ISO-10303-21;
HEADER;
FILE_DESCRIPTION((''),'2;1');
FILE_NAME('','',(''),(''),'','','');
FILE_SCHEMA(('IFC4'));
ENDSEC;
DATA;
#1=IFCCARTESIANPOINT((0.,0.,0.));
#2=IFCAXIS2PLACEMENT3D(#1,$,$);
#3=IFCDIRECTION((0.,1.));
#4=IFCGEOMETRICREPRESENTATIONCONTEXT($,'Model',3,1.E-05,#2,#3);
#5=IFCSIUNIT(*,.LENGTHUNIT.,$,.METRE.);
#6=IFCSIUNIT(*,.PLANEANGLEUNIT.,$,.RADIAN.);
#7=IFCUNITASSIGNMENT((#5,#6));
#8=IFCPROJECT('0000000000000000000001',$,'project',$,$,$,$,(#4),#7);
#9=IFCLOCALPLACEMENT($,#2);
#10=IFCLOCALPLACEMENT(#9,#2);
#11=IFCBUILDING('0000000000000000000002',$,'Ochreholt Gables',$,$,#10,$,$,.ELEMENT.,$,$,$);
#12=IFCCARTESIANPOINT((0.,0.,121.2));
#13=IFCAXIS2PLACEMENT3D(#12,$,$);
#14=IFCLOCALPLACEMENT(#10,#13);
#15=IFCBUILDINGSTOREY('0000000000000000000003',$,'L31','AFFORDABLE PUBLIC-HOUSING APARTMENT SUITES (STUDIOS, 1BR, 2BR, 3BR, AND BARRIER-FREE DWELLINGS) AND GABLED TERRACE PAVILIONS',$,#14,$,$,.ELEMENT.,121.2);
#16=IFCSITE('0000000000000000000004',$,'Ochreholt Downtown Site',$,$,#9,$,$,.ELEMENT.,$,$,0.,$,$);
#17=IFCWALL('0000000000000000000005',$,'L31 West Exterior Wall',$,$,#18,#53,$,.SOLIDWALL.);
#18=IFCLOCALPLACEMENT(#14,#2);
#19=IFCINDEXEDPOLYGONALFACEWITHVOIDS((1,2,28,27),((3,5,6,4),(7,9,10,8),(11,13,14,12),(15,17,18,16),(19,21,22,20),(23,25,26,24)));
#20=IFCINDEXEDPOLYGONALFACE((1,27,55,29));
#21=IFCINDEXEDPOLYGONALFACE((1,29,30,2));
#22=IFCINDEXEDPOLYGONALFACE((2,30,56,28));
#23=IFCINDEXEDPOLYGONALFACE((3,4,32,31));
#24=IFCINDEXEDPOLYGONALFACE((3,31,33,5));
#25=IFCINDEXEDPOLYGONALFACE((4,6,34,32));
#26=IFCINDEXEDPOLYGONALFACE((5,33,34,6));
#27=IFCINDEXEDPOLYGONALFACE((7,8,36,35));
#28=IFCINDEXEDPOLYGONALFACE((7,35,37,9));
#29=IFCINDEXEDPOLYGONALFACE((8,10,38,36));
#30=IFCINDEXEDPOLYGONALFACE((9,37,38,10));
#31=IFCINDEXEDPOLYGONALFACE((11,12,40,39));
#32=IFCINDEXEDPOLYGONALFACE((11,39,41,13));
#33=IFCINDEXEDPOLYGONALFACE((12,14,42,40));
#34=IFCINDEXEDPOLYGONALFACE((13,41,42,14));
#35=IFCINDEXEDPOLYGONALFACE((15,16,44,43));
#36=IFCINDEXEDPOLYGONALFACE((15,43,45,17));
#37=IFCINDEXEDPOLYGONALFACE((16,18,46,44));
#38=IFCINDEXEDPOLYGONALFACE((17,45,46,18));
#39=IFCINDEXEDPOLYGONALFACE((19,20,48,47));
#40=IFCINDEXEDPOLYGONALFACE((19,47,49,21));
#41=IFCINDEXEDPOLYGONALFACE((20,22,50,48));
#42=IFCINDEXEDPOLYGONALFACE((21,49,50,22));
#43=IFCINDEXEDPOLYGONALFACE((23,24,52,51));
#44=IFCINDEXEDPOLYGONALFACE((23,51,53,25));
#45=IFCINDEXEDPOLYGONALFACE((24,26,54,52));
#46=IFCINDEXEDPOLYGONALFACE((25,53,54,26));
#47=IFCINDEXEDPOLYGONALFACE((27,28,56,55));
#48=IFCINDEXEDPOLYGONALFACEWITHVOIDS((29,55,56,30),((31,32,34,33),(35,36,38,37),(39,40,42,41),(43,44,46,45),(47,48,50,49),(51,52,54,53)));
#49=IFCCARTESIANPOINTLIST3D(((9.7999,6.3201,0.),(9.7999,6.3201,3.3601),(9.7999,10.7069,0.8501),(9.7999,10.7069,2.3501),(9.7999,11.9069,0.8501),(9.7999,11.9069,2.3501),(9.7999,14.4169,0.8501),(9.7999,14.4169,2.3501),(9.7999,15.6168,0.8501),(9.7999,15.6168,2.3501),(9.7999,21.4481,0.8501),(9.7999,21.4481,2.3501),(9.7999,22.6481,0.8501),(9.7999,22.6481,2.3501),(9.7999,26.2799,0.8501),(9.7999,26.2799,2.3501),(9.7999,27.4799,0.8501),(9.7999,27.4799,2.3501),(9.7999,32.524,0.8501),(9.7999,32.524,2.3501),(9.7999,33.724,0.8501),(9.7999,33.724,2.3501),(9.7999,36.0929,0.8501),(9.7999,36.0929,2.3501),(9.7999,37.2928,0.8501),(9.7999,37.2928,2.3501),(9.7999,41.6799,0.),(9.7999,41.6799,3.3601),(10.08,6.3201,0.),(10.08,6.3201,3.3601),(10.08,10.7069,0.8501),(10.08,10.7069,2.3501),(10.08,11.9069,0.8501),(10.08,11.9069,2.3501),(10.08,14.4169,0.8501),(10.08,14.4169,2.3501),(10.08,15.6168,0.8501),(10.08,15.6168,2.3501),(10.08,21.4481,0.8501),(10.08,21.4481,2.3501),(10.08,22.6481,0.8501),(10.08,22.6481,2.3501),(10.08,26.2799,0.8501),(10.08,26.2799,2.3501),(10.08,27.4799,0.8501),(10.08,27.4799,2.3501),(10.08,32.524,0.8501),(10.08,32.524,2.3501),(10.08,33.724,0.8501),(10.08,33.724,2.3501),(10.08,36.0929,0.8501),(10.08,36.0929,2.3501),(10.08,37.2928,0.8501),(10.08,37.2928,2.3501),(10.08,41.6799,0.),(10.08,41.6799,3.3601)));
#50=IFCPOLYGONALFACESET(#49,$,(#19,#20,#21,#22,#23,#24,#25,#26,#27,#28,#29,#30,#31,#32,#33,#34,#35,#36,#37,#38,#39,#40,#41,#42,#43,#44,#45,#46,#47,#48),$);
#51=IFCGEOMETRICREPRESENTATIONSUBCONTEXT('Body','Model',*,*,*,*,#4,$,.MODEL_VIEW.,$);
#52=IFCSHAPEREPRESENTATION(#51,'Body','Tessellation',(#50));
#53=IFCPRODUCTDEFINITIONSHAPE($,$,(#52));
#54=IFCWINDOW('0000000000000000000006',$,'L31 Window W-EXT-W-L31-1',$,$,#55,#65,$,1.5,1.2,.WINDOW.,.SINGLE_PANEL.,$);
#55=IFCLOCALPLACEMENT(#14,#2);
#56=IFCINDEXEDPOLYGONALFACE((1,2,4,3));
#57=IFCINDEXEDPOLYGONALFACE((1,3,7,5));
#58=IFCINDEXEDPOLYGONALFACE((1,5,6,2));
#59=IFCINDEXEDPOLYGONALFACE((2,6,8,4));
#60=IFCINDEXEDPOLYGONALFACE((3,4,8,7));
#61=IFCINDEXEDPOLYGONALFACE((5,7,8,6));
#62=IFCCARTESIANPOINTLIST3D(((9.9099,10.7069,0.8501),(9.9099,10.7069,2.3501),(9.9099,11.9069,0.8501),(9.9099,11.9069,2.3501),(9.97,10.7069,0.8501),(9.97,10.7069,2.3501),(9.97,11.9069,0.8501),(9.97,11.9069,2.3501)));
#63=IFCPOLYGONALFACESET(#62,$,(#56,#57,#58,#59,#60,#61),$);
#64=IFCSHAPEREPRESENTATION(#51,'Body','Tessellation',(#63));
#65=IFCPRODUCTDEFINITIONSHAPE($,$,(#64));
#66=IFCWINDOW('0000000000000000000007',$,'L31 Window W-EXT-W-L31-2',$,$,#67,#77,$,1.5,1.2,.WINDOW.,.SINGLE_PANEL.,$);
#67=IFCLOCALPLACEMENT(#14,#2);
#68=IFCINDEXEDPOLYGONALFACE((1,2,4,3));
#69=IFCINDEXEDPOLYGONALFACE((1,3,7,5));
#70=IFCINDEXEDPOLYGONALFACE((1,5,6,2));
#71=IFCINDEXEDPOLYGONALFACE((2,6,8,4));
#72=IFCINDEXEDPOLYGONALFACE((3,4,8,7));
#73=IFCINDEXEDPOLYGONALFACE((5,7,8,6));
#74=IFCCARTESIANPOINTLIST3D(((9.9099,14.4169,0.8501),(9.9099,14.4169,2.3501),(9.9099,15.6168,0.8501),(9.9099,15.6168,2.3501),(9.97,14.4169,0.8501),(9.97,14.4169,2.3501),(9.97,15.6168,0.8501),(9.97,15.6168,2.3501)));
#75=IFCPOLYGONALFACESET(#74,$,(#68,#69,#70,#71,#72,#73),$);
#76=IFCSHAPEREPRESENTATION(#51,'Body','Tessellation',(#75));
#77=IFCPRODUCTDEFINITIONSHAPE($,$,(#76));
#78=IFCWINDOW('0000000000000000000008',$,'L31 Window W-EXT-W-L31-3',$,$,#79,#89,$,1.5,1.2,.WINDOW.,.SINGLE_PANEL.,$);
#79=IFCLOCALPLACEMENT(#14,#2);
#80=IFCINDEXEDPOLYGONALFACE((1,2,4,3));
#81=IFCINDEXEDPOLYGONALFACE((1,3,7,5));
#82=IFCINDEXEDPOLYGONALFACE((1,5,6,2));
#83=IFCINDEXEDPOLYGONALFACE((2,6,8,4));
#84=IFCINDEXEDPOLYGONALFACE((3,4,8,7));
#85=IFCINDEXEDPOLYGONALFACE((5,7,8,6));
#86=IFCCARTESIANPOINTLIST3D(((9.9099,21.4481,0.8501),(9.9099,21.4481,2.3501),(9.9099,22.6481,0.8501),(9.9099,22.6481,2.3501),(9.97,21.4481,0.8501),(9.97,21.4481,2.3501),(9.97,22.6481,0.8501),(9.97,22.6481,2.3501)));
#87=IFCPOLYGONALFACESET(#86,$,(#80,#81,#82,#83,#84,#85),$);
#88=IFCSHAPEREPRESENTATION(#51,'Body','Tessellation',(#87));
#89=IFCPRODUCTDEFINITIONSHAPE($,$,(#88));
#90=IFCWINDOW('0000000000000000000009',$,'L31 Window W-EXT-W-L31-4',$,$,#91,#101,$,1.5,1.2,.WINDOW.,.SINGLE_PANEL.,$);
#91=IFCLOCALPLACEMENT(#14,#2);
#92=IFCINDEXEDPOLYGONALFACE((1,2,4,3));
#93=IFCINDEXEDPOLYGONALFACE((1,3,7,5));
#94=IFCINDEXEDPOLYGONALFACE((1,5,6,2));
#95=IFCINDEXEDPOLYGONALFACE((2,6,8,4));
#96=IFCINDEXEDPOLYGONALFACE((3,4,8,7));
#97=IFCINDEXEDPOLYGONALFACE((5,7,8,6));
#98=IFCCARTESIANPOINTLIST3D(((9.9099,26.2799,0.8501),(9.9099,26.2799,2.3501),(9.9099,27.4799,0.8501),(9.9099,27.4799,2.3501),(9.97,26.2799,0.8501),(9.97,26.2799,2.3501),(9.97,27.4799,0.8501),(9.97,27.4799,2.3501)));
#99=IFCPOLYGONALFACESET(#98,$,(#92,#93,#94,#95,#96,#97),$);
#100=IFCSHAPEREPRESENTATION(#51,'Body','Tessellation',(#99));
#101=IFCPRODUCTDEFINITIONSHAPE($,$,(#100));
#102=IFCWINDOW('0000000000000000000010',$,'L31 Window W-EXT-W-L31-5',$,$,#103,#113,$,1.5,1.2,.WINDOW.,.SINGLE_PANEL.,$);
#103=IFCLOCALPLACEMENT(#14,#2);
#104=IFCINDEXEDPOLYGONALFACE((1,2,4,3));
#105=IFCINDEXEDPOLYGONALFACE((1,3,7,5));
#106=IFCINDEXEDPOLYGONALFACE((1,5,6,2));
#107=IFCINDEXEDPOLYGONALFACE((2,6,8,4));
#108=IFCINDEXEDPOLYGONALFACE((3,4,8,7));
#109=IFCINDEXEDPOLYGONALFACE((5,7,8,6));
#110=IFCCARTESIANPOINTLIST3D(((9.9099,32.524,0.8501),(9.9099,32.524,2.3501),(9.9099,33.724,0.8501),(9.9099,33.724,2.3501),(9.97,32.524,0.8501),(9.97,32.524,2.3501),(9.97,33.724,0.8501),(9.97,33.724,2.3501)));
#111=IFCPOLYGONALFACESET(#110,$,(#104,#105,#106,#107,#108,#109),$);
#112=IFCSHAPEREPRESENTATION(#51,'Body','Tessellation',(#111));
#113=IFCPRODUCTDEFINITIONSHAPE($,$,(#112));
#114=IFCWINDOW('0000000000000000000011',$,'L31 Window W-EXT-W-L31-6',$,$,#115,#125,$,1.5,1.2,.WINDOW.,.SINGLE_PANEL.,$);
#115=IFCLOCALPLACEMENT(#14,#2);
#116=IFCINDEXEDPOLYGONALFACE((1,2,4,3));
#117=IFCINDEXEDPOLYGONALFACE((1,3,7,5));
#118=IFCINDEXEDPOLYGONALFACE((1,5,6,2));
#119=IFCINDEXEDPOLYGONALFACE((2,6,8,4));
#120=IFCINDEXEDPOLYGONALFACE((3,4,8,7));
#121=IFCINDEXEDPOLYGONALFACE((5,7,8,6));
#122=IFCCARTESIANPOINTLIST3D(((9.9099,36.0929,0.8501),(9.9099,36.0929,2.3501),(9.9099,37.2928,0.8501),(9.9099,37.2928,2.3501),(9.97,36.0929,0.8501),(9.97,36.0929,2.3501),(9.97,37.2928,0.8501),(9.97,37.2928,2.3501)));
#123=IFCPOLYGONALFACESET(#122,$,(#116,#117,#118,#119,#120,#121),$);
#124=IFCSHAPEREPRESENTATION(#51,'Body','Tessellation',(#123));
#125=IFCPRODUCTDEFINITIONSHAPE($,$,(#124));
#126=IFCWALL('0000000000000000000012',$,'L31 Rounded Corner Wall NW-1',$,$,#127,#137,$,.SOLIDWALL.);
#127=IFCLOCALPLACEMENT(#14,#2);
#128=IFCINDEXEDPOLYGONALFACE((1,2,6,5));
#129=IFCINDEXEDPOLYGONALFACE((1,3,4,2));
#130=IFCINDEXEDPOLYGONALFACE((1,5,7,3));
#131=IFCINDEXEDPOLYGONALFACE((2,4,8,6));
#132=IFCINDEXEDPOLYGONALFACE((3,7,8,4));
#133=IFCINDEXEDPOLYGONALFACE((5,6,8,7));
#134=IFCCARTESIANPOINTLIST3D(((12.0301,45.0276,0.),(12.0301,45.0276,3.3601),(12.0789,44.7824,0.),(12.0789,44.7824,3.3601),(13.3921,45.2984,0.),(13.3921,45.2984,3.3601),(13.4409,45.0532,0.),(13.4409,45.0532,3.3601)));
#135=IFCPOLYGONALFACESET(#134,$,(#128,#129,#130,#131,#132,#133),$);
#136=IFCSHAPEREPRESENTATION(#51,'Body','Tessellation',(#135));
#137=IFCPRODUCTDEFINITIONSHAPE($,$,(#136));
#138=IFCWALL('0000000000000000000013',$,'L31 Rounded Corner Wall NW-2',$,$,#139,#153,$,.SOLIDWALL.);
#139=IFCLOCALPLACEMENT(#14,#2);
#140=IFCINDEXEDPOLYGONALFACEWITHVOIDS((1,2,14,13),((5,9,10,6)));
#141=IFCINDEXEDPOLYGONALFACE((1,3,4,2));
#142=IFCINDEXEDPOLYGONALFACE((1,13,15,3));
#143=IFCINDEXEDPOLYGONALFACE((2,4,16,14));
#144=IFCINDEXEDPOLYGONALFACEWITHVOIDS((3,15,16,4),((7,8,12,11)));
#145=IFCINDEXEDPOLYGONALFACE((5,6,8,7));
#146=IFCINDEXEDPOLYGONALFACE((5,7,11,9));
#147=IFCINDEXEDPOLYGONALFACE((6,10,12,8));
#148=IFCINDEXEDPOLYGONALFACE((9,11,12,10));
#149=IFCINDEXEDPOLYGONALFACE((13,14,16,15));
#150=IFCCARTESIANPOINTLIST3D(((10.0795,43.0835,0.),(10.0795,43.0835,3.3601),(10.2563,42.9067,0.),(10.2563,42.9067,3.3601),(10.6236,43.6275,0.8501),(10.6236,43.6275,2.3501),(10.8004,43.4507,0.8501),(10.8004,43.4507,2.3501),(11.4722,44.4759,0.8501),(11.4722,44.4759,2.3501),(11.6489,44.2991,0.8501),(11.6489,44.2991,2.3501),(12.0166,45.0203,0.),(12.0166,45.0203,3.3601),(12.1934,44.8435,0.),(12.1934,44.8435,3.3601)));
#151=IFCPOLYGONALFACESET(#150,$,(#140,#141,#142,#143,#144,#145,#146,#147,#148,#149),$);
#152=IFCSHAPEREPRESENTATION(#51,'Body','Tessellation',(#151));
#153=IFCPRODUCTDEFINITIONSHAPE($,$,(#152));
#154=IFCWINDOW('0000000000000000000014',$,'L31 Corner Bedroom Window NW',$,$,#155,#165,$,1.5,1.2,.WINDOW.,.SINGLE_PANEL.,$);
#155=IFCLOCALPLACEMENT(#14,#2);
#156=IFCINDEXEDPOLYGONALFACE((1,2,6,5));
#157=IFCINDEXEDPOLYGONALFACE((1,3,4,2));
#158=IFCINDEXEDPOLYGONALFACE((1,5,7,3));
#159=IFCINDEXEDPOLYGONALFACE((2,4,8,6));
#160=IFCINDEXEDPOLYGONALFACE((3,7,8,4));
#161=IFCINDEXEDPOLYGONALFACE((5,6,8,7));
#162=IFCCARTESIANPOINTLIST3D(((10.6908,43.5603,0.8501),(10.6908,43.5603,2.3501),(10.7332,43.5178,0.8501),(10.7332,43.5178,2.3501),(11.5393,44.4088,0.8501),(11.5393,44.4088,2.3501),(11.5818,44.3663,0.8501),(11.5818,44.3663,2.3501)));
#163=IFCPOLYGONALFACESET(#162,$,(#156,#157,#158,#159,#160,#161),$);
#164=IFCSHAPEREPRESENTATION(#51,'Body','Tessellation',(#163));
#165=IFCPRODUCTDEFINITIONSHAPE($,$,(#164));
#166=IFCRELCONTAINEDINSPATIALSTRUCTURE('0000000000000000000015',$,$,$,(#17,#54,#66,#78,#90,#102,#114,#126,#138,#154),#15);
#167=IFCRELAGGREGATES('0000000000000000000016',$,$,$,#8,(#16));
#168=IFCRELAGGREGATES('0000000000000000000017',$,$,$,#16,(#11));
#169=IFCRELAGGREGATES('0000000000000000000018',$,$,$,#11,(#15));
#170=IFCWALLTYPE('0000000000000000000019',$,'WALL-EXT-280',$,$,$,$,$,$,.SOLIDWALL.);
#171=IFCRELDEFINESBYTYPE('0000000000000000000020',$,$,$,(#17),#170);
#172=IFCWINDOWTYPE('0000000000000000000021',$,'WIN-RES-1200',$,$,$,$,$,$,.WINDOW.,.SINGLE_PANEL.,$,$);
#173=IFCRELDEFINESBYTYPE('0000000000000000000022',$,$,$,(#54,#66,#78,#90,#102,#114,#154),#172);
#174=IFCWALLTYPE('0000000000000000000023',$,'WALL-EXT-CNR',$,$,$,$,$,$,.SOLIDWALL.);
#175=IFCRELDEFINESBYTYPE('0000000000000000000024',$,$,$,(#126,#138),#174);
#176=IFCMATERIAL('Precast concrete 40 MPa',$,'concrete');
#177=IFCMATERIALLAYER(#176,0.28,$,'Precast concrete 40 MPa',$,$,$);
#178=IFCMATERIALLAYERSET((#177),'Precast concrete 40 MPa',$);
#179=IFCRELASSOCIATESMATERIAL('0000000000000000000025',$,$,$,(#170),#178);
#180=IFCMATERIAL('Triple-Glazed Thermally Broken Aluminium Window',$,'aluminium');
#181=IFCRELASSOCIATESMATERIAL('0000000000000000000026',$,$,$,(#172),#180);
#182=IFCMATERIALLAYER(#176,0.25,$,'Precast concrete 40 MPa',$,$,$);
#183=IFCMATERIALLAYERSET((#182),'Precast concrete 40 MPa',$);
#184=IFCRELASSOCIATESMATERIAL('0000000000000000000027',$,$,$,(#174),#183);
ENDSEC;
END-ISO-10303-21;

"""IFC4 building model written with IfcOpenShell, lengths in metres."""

from ifc_helpers import new_model, si_unit, direction, frame, frame_2d, origin, place, context, subcontext, project, spatial, rectangle, extrude, material, layer, layer_set, type_object, element, fill, save


model = new_model("IFC4")

# Units and contexts
model_context = context("Model", 3, precision=1e-05, world=origin(), true_north=direction((0.0, 1.0)))
body_context = subcontext(model_context, "Body", "Model", "MODEL_VIEW")
ifc_project = project(units=[si_unit("LENGTHUNIT", "METRE"), si_unit("PLANEANGLEUNIT", "RADIAN")], contexts=[model_context])

# Site, building, storey
site_placement = place(None, origin())
site = spatial("IfcSite", under=ifc_project, at=site_placement, Name="Ochreholt Downtown Site", CompositionType="ELEMENT", RefElevation=0.0)
building_placement = place(site_placement, origin())
building = spatial("IfcBuilding", under=site, at=building_placement, Name="Ochreholt Gables", CompositionType="ELEMENT")
storey_placement = place(building_placement, frame((0.0, 0.0, 121.2)))
storey = spatial("IfcBuildingStorey", under=building, at=storey_placement, Name="L31", Description="AFFORDABLE PUBLIC-HOUSING APARTMENT SUITES (STUDIOS, 1BR, 2BR, 3BR, AND BARRIER-FREE DWELLINGS) AND GABLED TERRACE PAVILIONS", CompositionType="ELEMENT", Elevation=121.2)

# Wall, openings, windows
ifc_material_1 = material(Name="Precast concrete 40 MPa", Category="concrete")
ifc_layer_1 = layer(ifc_material_1, 0.28, Name="Precast concrete 40 MPa")
ifc_layer_set_1 = layer_set([ifc_layer_1], Name="Precast concrete 40 MPa")
wall_type_1 = type_object("IfcWallType", Name="WALL-EXT-280", PredefinedType="SOLIDWALL", material=ifc_layer_set_1)
wall_1_placement = place(storey_placement, frame((9.9399, 41.6799, 0.0), z_axis=(0.0, 0.0, 1.0), x_axis=(0.0, -1.0, 0.0)))
wall_1 = element("IfcWall", 1, at=wall_1_placement, inside=storey, type_object=wall_type_1, Name="L31 West Exterior Wall", PredefinedType="SOLIDWALL", context=body_context, shape_type="SweptSolid", body=[
    extrude(rectangle(XDim=35.3599, YDim=0.28, at=frame_2d((17.6799, 0.0))), origin(), (0.0, 0.0, 1.0), 3.3601),
])
opening_1_placement = place(wall_1_placement, frame((29.7729, 0.0, 0.8501)))
opening_1 = element("IfcOpeningElement", 2, at=opening_1_placement, cuts=wall_1, PredefinedType="OPENING", context=body_context, shape_type="SweptSolid", body=[
    extrude(rectangle(XDim=1.2, YDim=1.5, at=frame_2d((0.6001, 0.75))), frame((0.0, 0.1499, 0.0), z_axis=(0.0, -1.0, 0.0), x_axis=(1.0, 0.0, 0.0)), (0.0, 0.0, 1.0), 0.3),
])
opening_2_placement = place(wall_1_placement, frame((26.063, 0.0, 0.8501)))
opening_2 = element("IfcOpeningElement", 3, at=opening_2_placement, cuts=wall_1, PredefinedType="OPENING", context=body_context, shape_type="SweptSolid", body=[
    extrude(rectangle(XDim=1.2, YDim=1.5, at=frame_2d((0.6001, 0.75))), frame((0.0, 0.1499, 0.0), z_axis=(0.0, -1.0, 0.0), x_axis=(1.0, 0.0, 0.0)), (0.0, 0.0, 1.0), 0.3),
])
opening_3_placement = place(wall_1_placement, frame((19.0317, 0.0, 0.8501)))
opening_3 = element("IfcOpeningElement", 4, at=opening_3_placement, cuts=wall_1, PredefinedType="OPENING", context=body_context, shape_type="SweptSolid", body=[
    extrude(rectangle(XDim=1.2, YDim=1.5, at=frame_2d((0.6001, 0.75))), frame((0.0, 0.1499, 0.0), z_axis=(0.0, -1.0, 0.0), x_axis=(1.0, 0.0, 0.0)), (0.0, 0.0, 1.0), 0.3),
])
opening_4_placement = place(wall_1_placement, frame((14.2, 0.0, 0.8501)))
opening_4 = element("IfcOpeningElement", 5, at=opening_4_placement, cuts=wall_1, PredefinedType="OPENING", context=body_context, shape_type="SweptSolid", body=[
    extrude(rectangle(XDim=1.2, YDim=1.5, at=frame_2d((0.6001, 0.75))), frame((0.0, 0.1499, 0.0), z_axis=(0.0, -1.0, 0.0), x_axis=(1.0, 0.0, 0.0)), (0.0, 0.0, 1.0), 0.3),
])
opening_5_placement = place(wall_1_placement, frame((7.9558, 0.0, 0.8501)))
opening_5 = element("IfcOpeningElement", 6, at=opening_5_placement, cuts=wall_1, PredefinedType="OPENING", context=body_context, shape_type="SweptSolid", body=[
    extrude(rectangle(XDim=1.2, YDim=1.5, at=frame_2d((0.6001, 0.75))), frame((0.0, 0.1499, 0.0), z_axis=(0.0, -1.0, 0.0), x_axis=(1.0, 0.0, 0.0)), (0.0, 0.0, 1.0), 0.3),
])
opening_6_placement = place(wall_1_placement, frame((4.387, 0.0, 0.8501)))
opening_6 = element("IfcOpeningElement", 7, at=opening_6_placement, cuts=wall_1, PredefinedType="OPENING", context=body_context, shape_type="SweptSolid", body=[
    extrude(rectangle(XDim=1.2, YDim=1.5, at=frame_2d((0.6001, 0.75))), frame((0.0, 0.1499, 0.0), z_axis=(0.0, -1.0, 0.0), x_axis=(1.0, 0.0, 0.0)), (0.0, 0.0, 1.0), 0.3),
])
ifc_material_2 = material(Name="Triple-Glazed Thermally Broken Aluminium Window", Category="aluminium")
window_type = type_object("IfcWindowType", Name="WIN-RES-1200", PartitioningType="SINGLE_PANEL", PredefinedType="WINDOW", material=ifc_material_2)
window_1_placement = place(opening_1_placement, origin())
window_1 = element("IfcWindow", 8, at=window_1_placement, inside=storey, type_object=window_type, Name="L31 Window W-EXT-W-L31-1", OverallHeight=1.5, OverallWidth=1.2, PartitioningType="SINGLE_PANEL", PredefinedType="WINDOW", context=body_context, shape_type="SweptSolid", body=[
    extrude(rectangle(XDim=1.2, YDim=1.5, at=frame_2d((0.6001, 0.75))), frame((0.0, 0.03, 0.0), z_axis=(0.0, -1.0, 0.0), x_axis=(1.0, 0.0, 0.0)), (0.0, 0.0, 1.0), 0.0601),
])
fill(opening_1, window_1)
window_2_placement = place(opening_2_placement, origin())
window_2 = element("IfcWindow", 9, at=window_2_placement, inside=storey, type_object=window_type, Name="L31 Window W-EXT-W-L31-2", OverallHeight=1.5, OverallWidth=1.2, PartitioningType="SINGLE_PANEL", PredefinedType="WINDOW", context=body_context, shape_type="SweptSolid", body=[
    extrude(rectangle(XDim=1.2, YDim=1.5, at=frame_2d((0.6001, 0.75))), frame((0.0, 0.03, 0.0), z_axis=(0.0, -1.0, 0.0), x_axis=(1.0, 0.0, 0.0)), (0.0, 0.0, 1.0), 0.0601),
])
fill(opening_2, window_2)
window_3_placement = place(opening_3_placement, origin())
window_3 = element("IfcWindow", 10, at=window_3_placement, inside=storey, type_object=window_type, Name="L31 Window W-EXT-W-L31-3", OverallHeight=1.5, OverallWidth=1.2, PartitioningType="SINGLE_PANEL", PredefinedType="WINDOW", context=body_context, shape_type="SweptSolid", body=[
    extrude(rectangle(XDim=1.2, YDim=1.5, at=frame_2d((0.6001, 0.75))), frame((0.0, 0.03, 0.0), z_axis=(0.0, -1.0, 0.0), x_axis=(1.0, 0.0, 0.0)), (0.0, 0.0, 1.0), 0.0601),
])
fill(opening_3, window_3)
window_4_placement = place(opening_4_placement, origin())
window_4 = element("IfcWindow", 11, at=window_4_placement, inside=storey, type_object=window_type, Name="L31 Window W-EXT-W-L31-4", OverallHeight=1.5, OverallWidth=1.2, PartitioningType="SINGLE_PANEL", PredefinedType="WINDOW", context=body_context, shape_type="SweptSolid", body=[
    extrude(rectangle(XDim=1.2, YDim=1.5, at=frame_2d((0.6001, 0.75))), frame((0.0, 0.03, 0.0), z_axis=(0.0, -1.0, 0.0), x_axis=(1.0, 0.0, 0.0)), (0.0, 0.0, 1.0), 0.0601),
])
fill(opening_4, window_4)
window_5_placement = place(opening_5_placement, origin())
window_5 = element("IfcWindow", 12, at=window_5_placement, inside=storey, type_object=window_type, Name="L31 Window W-EXT-W-L31-5", OverallHeight=1.5, OverallWidth=1.2, PartitioningType="SINGLE_PANEL", PredefinedType="WINDOW", context=body_context, shape_type="SweptSolid", body=[
    extrude(rectangle(XDim=1.2, YDim=1.5, at=frame_2d((0.6001, 0.75))), frame((0.0, 0.03, 0.0), z_axis=(0.0, -1.0, 0.0), x_axis=(1.0, 0.0, 0.0)), (0.0, 0.0, 1.0), 0.0601),
])
fill(opening_5, window_5)
window_6_placement = place(opening_6_placement, origin())
window_6 = element("IfcWindow", 13, at=window_6_placement, inside=storey, type_object=window_type, Name="L31 Window W-EXT-W-L31-6", OverallHeight=1.5, OverallWidth=1.2, PartitioningType="SINGLE_PANEL", PredefinedType="WINDOW", context=body_context, shape_type="SweptSolid", body=[
    extrude(rectangle(XDim=1.2, YDim=1.5, at=frame_2d((0.6001, 0.75))), frame((0.0, 0.03, 0.0), z_axis=(0.0, -1.0, 0.0), x_axis=(1.0, 0.0, 0.0)), (0.0, 0.0, 1.0), 0.0601),
])
fill(opening_6, window_6)

# Wall
ifc_layer_2 = layer(ifc_material_1, 0.25, Name="Precast concrete 40 MPa")
ifc_layer_set_2 = layer_set([ifc_layer_2], Name="Precast concrete 40 MPa")
wall_type_2 = type_object("IfcWallType", Name="WALL-EXT-CNR", PredefinedType="SOLIDWALL", material=ifc_layer_set_2)
wall_2_placement = place(storey_placement, frame((13.4165, 45.1758, 0.0), z_axis=(0.0, 0.0, 1.0), x_axis=(-0.98081, -0.194967, 0.0)))
element("IfcWall", 14, at=wall_2_placement, inside=storey, type_object=wall_type_2, Name="L31 Rounded Corner Wall NW-1", PredefinedType="SOLIDWALL", context=body_context, shape_type="SweptSolid", body=[
    extrude(rectangle(XDim=1.3887, YDim=0.25, at=frame_2d((0.6943, 0.0))), origin(), (0.0, 0.0, 1.0), 3.3601),
])

# Wall, opening, window
wall_3_placement = place(storey_placement, frame((12.105, 44.9319, 0.0), z_axis=(0.0, 0.0, 1.0), x_axis=(-0.707151, -0.707062, 0.0)))
wall_3 = element("IfcWall", 15, at=wall_3_placement, inside=storey, type_object=wall_type_2, Name="L31 Rounded Corner Wall NW-2", PredefinedType="SOLIDWALL", context=body_context, shape_type="SweptSolid", body=[
    extrude(rectangle(XDim=2.7393, YDim=0.25, at=frame_2d((1.3696, 0.0))), origin(), (0.0, 0.0, 1.0), 3.3601),
])
opening_7_placement = place(wall_3_placement, frame((0.7698, 0.0, 0.8501)))
opening_7 = element("IfcOpeningElement", 16, at=opening_7_placement, cuts=wall_3, PredefinedType="OPENING", context=body_context, shape_type="SweptSolid", body=[
    extrude(rectangle(XDim=1.2, YDim=1.5, at=frame_2d((0.6001, 0.75))), frame((0.0, 0.135, 0.0), z_axis=(0.0, -1.0, 0.0), x_axis=(1.0, 0.0, 0.0)), (0.0, 0.0, 1.0), 0.27),
])
window_7_placement = place(opening_7_placement, origin())
window_7 = element("IfcWindow", 17, at=window_7_placement, inside=storey, type_object=window_type, Name="L31 Corner Bedroom Window NW", OverallHeight=1.5, OverallWidth=1.2, PartitioningType="SINGLE_PANEL", PredefinedType="WINDOW", context=body_context, shape_type="SweptSolid", body=[
    extrude(rectangle(XDim=1.2, YDim=1.5, at=frame_2d((0.6001, 0.75))), frame((0.0, 0.03, 0.0), z_axis=(0.0, -1.0, 0.0), x_axis=(1.0, 0.0, 0.0)), (0.0, 0.0, 1.0), 0.0601),
])
fill(opening_7, window_7)

save(model, "model.ifc")
